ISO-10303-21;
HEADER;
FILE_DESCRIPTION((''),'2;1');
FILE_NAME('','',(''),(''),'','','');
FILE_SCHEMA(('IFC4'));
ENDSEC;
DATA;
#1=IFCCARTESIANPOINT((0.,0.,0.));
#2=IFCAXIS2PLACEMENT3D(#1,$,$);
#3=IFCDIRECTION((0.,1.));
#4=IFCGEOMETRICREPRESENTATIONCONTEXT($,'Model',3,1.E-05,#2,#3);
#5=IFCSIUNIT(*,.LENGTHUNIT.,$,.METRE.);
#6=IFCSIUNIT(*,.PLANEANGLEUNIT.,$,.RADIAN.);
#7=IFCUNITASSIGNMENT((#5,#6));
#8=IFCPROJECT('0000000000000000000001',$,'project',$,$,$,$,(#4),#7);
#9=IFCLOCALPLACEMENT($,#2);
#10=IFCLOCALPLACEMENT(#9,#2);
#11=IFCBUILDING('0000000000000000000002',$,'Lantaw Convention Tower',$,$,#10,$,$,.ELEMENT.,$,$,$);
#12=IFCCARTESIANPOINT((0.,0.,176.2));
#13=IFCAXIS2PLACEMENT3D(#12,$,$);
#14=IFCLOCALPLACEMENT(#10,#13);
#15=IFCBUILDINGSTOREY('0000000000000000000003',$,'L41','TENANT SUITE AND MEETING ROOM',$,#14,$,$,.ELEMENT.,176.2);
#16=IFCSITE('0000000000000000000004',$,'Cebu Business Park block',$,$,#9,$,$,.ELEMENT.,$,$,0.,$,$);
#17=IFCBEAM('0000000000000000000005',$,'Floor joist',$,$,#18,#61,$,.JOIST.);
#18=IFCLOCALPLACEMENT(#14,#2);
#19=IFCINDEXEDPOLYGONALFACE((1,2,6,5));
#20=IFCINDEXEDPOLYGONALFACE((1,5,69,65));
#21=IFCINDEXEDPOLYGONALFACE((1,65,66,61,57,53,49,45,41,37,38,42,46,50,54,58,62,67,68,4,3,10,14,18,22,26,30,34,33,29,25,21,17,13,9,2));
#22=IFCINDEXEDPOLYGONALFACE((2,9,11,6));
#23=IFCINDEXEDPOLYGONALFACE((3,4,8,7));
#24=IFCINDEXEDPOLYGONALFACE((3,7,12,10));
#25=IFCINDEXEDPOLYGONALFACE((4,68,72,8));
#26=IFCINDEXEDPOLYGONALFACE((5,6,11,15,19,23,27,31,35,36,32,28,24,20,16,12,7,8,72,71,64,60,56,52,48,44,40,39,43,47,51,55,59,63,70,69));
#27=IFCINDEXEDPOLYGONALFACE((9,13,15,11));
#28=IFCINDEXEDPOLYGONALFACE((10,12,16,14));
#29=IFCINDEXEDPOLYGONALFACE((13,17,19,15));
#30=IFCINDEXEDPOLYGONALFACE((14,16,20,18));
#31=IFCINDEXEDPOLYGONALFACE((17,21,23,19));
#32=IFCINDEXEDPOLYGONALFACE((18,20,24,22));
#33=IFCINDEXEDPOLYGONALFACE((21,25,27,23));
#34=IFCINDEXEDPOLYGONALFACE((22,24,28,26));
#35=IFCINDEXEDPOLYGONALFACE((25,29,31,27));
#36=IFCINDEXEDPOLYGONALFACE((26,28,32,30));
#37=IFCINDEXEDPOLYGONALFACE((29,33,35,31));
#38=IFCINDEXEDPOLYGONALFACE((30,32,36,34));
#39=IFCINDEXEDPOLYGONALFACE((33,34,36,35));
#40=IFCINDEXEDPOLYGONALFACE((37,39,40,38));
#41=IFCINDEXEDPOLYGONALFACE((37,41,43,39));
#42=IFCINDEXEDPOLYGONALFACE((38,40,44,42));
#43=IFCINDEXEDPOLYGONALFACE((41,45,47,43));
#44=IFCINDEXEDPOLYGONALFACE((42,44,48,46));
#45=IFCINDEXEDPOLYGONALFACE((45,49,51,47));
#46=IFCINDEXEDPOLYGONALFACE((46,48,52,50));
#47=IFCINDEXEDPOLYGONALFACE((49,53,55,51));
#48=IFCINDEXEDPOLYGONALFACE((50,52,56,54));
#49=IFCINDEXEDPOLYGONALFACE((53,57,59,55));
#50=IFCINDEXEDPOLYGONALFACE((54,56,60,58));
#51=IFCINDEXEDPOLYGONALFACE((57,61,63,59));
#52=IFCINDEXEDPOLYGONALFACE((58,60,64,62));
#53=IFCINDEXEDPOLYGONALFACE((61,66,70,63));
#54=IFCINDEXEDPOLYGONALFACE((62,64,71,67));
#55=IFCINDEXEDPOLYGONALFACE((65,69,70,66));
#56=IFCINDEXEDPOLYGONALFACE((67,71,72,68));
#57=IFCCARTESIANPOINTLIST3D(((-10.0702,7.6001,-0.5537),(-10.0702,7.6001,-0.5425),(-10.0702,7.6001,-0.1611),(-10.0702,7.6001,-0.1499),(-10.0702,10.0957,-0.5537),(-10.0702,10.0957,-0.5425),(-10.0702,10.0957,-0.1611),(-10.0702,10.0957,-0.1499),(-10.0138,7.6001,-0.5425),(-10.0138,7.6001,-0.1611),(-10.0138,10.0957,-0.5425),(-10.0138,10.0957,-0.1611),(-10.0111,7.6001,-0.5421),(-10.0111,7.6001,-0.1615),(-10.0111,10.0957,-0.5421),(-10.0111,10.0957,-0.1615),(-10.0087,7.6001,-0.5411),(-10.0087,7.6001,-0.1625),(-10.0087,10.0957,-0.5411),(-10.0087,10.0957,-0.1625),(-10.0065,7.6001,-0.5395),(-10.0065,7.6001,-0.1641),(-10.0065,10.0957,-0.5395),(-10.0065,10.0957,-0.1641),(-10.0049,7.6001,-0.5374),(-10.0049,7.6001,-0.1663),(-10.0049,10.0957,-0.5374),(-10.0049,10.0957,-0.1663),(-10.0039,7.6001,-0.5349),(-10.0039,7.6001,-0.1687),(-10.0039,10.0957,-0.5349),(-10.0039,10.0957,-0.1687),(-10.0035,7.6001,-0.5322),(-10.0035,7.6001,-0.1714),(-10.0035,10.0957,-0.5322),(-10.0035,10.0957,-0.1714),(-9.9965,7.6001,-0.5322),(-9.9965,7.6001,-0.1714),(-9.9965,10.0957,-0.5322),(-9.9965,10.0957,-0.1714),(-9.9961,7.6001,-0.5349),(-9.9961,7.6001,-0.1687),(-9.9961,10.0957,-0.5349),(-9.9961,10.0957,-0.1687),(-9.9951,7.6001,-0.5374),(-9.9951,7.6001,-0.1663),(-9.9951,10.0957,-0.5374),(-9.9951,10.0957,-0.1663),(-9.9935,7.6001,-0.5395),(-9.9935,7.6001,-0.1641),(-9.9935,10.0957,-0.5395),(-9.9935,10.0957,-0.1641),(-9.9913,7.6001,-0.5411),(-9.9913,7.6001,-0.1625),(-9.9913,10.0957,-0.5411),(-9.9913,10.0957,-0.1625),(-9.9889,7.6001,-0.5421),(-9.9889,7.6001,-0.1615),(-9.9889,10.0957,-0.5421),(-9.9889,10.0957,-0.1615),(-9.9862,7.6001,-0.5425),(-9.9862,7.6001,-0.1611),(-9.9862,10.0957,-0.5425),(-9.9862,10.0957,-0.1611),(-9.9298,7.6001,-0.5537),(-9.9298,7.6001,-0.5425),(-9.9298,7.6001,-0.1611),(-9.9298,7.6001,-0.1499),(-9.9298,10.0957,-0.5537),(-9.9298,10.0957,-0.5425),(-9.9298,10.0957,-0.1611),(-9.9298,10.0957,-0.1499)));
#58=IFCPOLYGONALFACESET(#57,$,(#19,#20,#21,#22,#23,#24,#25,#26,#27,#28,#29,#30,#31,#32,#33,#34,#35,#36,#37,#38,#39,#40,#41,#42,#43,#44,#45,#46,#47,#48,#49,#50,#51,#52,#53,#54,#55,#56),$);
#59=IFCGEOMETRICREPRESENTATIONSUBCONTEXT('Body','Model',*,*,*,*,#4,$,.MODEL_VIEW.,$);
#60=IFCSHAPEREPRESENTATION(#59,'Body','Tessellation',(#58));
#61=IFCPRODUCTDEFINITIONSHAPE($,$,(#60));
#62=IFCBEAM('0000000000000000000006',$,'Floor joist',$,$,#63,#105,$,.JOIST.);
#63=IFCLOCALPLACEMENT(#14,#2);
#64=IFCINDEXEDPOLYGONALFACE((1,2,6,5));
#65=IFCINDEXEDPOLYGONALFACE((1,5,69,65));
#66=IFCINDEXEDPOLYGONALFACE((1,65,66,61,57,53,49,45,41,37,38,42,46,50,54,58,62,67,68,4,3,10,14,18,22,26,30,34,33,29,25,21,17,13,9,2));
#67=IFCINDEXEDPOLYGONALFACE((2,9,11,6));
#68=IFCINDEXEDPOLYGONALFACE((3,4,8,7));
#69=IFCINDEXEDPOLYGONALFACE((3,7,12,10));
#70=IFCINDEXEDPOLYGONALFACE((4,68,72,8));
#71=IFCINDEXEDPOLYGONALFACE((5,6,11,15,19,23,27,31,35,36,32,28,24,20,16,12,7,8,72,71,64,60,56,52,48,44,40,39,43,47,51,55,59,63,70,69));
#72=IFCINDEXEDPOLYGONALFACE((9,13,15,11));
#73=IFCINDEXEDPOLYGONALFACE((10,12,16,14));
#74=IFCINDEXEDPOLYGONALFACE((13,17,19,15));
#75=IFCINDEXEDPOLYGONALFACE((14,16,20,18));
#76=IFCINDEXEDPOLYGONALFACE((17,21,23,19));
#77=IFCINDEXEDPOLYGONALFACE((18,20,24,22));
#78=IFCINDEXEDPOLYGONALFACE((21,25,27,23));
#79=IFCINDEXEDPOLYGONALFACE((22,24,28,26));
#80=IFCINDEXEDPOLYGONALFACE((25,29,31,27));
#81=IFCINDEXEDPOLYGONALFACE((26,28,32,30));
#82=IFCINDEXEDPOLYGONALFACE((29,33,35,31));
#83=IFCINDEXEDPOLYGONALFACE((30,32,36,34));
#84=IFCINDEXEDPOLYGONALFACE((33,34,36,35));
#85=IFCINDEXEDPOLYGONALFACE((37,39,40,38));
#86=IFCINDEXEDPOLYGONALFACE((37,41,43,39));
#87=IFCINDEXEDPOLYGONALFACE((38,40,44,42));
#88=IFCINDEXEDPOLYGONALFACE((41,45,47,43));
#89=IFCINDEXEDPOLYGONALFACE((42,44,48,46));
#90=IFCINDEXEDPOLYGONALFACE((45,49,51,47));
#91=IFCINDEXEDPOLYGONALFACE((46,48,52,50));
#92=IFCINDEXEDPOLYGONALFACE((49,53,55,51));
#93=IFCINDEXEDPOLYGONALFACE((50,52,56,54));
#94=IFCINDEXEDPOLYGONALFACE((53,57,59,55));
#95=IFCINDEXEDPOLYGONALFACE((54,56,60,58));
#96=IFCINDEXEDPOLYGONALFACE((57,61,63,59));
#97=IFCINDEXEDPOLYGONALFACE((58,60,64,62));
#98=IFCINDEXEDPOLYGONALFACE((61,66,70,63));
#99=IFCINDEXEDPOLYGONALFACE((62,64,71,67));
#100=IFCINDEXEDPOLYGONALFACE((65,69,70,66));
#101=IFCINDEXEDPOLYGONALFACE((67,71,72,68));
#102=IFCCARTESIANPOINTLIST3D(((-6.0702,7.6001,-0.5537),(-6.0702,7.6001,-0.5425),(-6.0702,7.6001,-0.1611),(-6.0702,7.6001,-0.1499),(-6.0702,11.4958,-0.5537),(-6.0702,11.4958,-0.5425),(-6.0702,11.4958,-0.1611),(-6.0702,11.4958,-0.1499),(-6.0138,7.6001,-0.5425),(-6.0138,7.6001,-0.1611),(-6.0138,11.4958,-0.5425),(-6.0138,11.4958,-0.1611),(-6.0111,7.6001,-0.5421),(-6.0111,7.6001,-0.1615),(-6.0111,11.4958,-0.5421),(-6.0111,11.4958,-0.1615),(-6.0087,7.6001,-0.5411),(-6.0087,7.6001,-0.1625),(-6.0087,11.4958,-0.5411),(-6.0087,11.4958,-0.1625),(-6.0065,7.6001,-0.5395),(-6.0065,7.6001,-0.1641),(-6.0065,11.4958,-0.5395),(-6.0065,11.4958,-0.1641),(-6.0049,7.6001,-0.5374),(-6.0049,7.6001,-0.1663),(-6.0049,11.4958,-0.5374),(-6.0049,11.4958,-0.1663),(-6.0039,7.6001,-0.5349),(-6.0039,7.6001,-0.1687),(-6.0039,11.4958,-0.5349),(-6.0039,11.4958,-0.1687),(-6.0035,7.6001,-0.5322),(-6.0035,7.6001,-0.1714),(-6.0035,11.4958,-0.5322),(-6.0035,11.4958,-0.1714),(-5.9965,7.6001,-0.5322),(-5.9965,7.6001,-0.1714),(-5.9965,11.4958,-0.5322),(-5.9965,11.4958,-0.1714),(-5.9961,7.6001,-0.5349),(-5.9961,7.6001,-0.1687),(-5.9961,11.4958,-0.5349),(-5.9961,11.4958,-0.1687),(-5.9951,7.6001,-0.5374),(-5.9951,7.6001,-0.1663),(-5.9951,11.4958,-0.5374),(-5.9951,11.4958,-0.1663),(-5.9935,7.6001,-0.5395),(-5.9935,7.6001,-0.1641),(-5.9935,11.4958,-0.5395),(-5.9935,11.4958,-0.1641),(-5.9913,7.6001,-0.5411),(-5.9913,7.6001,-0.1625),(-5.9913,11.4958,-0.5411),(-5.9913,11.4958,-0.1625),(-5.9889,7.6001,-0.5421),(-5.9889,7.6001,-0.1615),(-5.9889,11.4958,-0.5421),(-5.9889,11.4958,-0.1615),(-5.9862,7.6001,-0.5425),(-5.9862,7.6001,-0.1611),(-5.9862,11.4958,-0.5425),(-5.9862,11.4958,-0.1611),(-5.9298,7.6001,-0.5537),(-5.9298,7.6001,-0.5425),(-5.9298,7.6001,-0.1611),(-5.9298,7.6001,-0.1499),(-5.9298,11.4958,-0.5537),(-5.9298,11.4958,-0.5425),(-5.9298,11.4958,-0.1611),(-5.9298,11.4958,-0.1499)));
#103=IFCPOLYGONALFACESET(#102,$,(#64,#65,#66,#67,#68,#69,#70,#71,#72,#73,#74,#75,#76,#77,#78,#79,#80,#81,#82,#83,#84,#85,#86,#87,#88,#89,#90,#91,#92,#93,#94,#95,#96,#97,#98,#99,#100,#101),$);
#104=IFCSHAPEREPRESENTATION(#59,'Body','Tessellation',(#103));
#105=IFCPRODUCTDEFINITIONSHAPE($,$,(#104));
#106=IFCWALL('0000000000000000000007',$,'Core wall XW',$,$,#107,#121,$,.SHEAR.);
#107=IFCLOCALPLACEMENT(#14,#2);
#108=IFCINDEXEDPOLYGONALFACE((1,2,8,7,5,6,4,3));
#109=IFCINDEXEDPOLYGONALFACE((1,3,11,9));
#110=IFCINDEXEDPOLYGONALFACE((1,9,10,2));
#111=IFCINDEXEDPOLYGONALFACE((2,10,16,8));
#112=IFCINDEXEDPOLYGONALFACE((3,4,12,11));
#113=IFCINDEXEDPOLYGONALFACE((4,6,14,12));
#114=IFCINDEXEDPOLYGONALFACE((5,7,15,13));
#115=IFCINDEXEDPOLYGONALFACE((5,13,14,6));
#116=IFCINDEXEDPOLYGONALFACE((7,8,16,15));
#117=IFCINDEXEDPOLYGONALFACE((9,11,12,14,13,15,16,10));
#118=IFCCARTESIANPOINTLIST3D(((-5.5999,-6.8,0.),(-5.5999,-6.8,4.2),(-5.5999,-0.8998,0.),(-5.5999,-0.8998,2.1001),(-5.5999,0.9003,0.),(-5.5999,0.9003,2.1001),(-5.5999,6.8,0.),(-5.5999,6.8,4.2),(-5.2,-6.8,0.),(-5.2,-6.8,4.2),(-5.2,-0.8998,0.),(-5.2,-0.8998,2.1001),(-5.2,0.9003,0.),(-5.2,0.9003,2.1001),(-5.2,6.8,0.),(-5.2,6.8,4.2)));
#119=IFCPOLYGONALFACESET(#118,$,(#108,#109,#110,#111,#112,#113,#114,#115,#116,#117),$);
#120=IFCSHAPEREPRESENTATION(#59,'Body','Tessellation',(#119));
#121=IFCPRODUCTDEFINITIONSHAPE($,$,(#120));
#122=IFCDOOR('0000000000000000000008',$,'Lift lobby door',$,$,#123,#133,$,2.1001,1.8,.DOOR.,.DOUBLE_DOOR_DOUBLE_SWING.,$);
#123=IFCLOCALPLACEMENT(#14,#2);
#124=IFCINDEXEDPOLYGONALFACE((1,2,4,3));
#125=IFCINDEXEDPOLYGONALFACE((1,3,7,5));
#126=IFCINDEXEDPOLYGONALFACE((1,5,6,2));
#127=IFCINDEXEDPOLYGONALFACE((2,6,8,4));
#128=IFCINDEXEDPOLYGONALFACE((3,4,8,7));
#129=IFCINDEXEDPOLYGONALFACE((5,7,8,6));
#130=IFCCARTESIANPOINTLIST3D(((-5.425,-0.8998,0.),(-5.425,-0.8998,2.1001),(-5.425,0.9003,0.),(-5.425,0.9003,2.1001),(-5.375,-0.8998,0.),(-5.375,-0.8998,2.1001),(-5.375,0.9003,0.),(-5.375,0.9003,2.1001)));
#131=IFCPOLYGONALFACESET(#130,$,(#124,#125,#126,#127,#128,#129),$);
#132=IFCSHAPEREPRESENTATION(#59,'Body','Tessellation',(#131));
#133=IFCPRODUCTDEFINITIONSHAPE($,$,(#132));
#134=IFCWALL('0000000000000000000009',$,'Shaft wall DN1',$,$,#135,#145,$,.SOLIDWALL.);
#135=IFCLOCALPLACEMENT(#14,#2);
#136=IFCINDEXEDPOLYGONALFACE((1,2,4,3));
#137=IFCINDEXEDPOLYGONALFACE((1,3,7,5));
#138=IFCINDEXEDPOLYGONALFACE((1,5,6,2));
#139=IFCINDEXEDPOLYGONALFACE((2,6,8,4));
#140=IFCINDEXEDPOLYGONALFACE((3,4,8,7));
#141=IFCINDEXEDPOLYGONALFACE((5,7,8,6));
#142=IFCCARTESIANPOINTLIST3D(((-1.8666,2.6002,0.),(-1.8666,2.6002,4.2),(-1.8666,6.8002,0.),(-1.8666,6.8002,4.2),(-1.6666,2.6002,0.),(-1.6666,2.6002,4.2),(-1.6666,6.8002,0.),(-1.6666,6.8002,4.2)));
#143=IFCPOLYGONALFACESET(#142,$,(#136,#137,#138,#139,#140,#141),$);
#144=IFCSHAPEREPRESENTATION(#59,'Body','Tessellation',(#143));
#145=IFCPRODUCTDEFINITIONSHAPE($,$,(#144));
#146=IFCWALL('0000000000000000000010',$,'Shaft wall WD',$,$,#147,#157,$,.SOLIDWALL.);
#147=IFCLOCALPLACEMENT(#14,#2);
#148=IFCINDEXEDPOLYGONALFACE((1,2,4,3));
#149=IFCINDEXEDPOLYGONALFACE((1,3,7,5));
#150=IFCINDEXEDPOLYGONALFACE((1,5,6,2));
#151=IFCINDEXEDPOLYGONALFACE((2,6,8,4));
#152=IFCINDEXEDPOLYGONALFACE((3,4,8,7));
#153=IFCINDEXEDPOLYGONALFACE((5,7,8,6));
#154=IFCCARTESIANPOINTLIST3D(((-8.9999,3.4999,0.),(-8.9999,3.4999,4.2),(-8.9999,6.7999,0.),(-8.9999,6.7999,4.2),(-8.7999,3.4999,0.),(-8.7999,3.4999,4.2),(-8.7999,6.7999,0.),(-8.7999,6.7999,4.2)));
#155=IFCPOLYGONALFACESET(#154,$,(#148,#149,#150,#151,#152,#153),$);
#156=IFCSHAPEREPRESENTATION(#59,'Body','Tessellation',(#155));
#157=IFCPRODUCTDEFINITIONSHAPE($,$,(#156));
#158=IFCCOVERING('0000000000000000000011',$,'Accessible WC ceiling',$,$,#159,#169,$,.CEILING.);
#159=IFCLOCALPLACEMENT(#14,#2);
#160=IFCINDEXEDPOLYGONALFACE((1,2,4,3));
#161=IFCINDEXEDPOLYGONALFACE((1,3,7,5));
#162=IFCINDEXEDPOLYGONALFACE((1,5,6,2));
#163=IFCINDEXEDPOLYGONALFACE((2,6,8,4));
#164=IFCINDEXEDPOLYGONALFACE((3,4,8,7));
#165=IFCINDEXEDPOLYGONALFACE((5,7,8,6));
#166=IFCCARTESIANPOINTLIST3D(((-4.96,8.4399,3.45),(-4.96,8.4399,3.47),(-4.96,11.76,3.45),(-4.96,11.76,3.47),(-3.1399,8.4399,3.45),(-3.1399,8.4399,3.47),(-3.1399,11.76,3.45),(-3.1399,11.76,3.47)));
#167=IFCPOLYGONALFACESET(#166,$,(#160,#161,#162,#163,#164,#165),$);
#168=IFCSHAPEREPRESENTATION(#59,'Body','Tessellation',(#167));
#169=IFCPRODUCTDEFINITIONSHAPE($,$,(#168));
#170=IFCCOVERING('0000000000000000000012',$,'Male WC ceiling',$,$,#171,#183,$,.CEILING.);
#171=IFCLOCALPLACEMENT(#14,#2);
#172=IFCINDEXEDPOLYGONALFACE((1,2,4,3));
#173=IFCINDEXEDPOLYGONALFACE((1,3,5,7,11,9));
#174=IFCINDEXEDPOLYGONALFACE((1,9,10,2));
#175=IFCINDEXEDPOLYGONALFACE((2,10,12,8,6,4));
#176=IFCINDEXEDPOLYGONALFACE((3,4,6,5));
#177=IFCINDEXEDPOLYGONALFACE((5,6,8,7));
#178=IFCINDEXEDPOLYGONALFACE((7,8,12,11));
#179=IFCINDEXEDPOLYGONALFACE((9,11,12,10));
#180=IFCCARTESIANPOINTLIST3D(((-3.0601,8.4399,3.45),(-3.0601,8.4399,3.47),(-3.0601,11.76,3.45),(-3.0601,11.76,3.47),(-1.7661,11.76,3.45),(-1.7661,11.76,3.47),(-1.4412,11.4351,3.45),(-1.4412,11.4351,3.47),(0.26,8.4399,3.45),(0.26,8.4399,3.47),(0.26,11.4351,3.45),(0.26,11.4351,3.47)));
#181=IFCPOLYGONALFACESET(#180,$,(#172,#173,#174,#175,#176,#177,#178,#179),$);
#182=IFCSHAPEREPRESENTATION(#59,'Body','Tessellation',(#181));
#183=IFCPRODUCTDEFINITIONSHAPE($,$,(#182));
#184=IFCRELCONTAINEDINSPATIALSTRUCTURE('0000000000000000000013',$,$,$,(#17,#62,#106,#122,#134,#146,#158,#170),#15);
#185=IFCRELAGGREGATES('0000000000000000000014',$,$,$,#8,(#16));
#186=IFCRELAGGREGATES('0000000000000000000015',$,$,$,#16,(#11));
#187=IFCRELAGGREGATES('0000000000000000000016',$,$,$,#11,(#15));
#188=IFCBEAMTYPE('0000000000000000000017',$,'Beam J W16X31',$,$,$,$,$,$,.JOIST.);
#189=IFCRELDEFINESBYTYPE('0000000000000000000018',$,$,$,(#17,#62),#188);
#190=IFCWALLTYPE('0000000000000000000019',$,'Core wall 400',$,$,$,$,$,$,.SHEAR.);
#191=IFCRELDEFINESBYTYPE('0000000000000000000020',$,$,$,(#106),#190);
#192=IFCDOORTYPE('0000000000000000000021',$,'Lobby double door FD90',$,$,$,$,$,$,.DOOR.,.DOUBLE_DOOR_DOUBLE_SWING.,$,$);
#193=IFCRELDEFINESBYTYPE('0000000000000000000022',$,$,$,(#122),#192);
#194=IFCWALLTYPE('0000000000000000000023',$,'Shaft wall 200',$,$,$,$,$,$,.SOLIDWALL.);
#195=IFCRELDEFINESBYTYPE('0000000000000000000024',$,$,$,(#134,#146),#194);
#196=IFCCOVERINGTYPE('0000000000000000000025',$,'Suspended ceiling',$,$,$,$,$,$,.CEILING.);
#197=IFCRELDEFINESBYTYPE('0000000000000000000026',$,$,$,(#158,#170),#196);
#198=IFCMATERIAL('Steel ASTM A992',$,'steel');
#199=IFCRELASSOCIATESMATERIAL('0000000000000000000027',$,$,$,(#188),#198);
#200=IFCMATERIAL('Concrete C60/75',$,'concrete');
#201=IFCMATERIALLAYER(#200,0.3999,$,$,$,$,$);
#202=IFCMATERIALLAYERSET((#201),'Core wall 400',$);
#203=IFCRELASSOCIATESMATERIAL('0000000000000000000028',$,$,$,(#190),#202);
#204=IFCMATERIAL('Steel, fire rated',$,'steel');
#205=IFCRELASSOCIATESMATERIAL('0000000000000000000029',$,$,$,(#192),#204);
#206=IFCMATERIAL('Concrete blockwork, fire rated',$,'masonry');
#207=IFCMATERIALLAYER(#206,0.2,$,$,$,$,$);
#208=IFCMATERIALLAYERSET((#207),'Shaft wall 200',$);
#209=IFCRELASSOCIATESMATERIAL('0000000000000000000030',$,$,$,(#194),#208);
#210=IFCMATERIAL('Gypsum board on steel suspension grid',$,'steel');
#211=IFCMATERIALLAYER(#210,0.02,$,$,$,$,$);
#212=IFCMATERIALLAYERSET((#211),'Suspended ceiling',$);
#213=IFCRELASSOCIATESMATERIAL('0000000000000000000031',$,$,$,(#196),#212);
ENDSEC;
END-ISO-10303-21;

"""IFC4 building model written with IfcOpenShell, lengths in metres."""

from ifc_helpers import new_model, si_unit, direction, frame, frame_2d, origin, origin_2d, place, context, subcontext, project, spatial, polyline, rectangle, i_section, outline, extrude, material, layer, layer_set, material_profile, profile_set, type_object, element, fill, save


model = new_model("IFC4")

# Units and contexts
model_context = context("Model", 3, precision=1e-05, world=origin(), true_north=direction((0.0, 1.0)))
body_context = subcontext(model_context, "Body", "Model", "MODEL_VIEW")
ifc_project = project(units=[si_unit("LENGTHUNIT", "METRE"), si_unit("PLANEANGLEUNIT", "RADIAN")], contexts=[model_context])

# Site, building, storey
site_placement = place(None, origin())
site = spatial("IfcSite", under=ifc_project, at=site_placement, Name="Cebu Business Park block", CompositionType="ELEMENT", RefElevation=0.0)
building_placement = place(site_placement, origin())
building = spatial("IfcBuilding", under=site, at=building_placement, Name="Lantaw Convention Tower", CompositionType="ELEMENT")
storey_placement = place(building_placement, frame((0.0, 0.0, 176.2)))
storey = spatial("IfcBuildingStorey", under=building, at=storey_placement, Name="L41", Description="TENANT SUITE AND MEETING ROOM", CompositionType="ELEMENT", Elevation=176.2)

# Beams
ifc_material_1 = material(Name="Steel ASTM A992", Category="steel")
ifc_material_profile_1 = material_profile(ifc_material_1, i_section(OverallWidth=0.1404, OverallDepth=0.4038, WebThickness=0.0071, FlangeThickness=0.0112, FilletRadius=0.0103, at=origin_2d()), Name="W16X31")
ifc_profile_set_1 = profile_set([ifc_material_profile_1], Name="Steel ASTM A992")
beam_type_1 = type_object("IfcBeamType", Name="Beam J W16X31", PredefinedType="JOIST", material=ifc_profile_set_1)
beam_1_placement = place(storey_placement, frame((-10.0, 7.6001, -0.3518), z_axis=(0.0, 1.0, 0.0), x_axis=(-1.0, 0.0, 0.0)))
element("IfcBeam", 1, at=beam_1_placement, inside=storey, type_object=beam_type_1, Name="Floor joist", PredefinedType="JOIST", context=body_context, shape_type="SweptSolid", body=[
    extrude(i_section(OverallWidth=0.1404, OverallDepth=0.4038, WebThickness=0.0071, FlangeThickness=0.0112, FilletRadius=0.0103, at=origin_2d()), origin(), (0.0, 0.0, 1.0), 2.4956),
])
beam_2_placement = place(storey_placement, frame((-6.0, 7.6001, -0.3518), z_axis=(0.0, 1.0, 0.0), x_axis=(-1.0, 0.0, 0.0)))
element("IfcBeam", 2, at=beam_2_placement, inside=storey, type_object=beam_type_1, Name="Floor joist", PredefinedType="JOIST", context=body_context, shape_type="SweptSolid", body=[
    extrude(i_section(OverallWidth=0.1404, OverallDepth=0.4038, WebThickness=0.0071, FlangeThickness=0.0112, FilletRadius=0.0103, at=origin_2d()), origin(), (0.0, 0.0, 1.0), 3.8958),
])

# Wall, opening, door
ifc_material_2 = material(Name="Concrete C60/75", Category="concrete")
ifc_layer_1 = layer(ifc_material_2, 0.3999)
ifc_layer_set_1 = layer_set([ifc_layer_1], Name="Core wall 400")
wall_type_1 = type_object("IfcWallType", Name="Core wall 400", PredefinedType="SHEAR", material=ifc_layer_set_1)
wall_1_placement = place(storey_placement, frame((-5.3999, 6.8, 0.0), z_axis=(0.0, 0.0, 1.0), x_axis=(0.0, -1.0, 0.0)))
wall_1 = element("IfcWall", 3, at=wall_1_placement, inside=storey, type_object=wall_type_1, Name="Core wall XW", PredefinedType="SHEAR", context=body_context, shape_type="SweptSolid", body=[
    extrude(rectangle(XDim=13.6001, YDim=0.3999, at=frame_2d((6.8, 0.0))), origin(), (0.0, 0.0, 1.0), 4.2),
])
opening_placement = place(wall_1_placement, frame((5.8999, 0.0, 0.0)))
opening = element("IfcOpeningElement", 4, at=opening_placement, cuts=wall_1, PredefinedType="OPENING", context=body_context, shape_type="SweptSolid", body=[
    extrude(rectangle(XDim=1.8, YDim=2.1001, at=frame_2d((0.8999, 1.05))), frame((0.0, 0.21, 0.0), z_axis=(0.0, -1.0, 0.0), x_axis=(1.0, 0.0, 0.0)), (0.0, 0.0, 1.0), 0.4199),
])
ifc_material_3 = material(Name="Steel, fire rated", Category="steel")
door_type = type_object("IfcDoorType", Name="Lobby double door FD90", OperationType="DOUBLE_DOOR_DOUBLE_SWING", PredefinedType="DOOR", material=ifc_material_3)
door_placement = place(opening_placement, origin())
door = element("IfcDoor", 5, at=door_placement, inside=storey, type_object=door_type, Name="Lift lobby door", OperationType="DOUBLE_DOOR_DOUBLE_SWING", OverallHeight=2.1001, OverallWidth=1.8, PredefinedType="DOOR", context=body_context, shape_type="SweptSolid", body=[
    extrude(rectangle(XDim=1.8, YDim=2.1001, at=frame_2d((0.8999, 1.05))), frame((0.0, 0.0249, 0.0), z_axis=(0.0, -1.0, 0.0), x_axis=(1.0, 0.0, 0.0)), (0.0, 0.0, 1.0), 0.05),
])
fill(opening, door)

# Walls
ifc_material_4 = material(Name="Concrete blockwork, fire rated", Category="masonry")
ifc_layer_2 = layer(ifc_material_4, 0.2)
ifc_layer_set_2 = layer_set([ifc_layer_2], Name="Shaft wall 200")
wall_type_2 = type_object("IfcWallType", Name="Shaft wall 200", PredefinedType="SOLIDWALL", material=ifc_layer_set_2)
wall_2_placement = place(storey_placement, frame((-1.7666, 2.6001, 0.0), z_axis=(0.0, 0.0, 1.0), x_axis=(0.0, 1.0, 0.0)))
element("IfcWall", 6, at=wall_2_placement, inside=storey, type_object=wall_type_2, Name="Shaft wall DN1", PredefinedType="SOLIDWALL", context=body_context, shape_type="SweptSolid", body=[
    extrude(rectangle(XDim=4.2, YDim=0.2, at=frame_2d((2.1001, 0.0))), origin(), (0.0, 0.0, 1.0), 4.2),
])
wall_3_placement = place(storey_placement, frame((-8.8999, 3.5, 0.0), z_axis=(0.0, 0.0, 1.0), x_axis=(0.0, 1.0, 0.0)))
element("IfcWall", 7, at=wall_3_placement, inside=storey, type_object=wall_type_2, Name="Shaft wall WD", PredefinedType="SOLIDWALL", context=body_context, shape_type="SweptSolid", body=[
    extrude(rectangle(XDim=3.3, YDim=0.2, at=frame_2d((1.6499, 0.0))), origin(), (0.0, 0.0, 1.0), 4.2),
])

# Coverings
ifc_material_5 = material(Name="Gypsum board on steel suspension grid", Category="steel")
ifc_layer_3 = layer(ifc_material_5, 0.02)
ifc_layer_set_3 = layer_set([ifc_layer_3], Name="Suspended ceiling")
covering_type = type_object("IfcCoveringType", Name="Suspended ceiling", PredefinedType="CEILING", material=ifc_layer_set_3)
covering_1_placement = place(storey_placement, frame((0.0, 0.0, 3.45)))
element("IfcCovering", 8, at=covering_1_placement, inside=storey, type_object=covering_type, Name="Accessible WC ceiling", PredefinedType="CEILING", context=body_context, shape_type="SweptSolid", body=[
    extrude(outline(polyline([(-4.96, 8.4399), (-3.1399, 8.4399), (-3.1399, 11.76), (-4.96, 11.76), (-4.96, 8.4399)])), origin(), (0.0, 0.0, 1.0), 0.02),
])
covering_2_placement = place(storey_placement, frame((0.0, 0.0, 3.45)))
element("IfcCovering", 9, at=covering_2_placement, inside=storey, type_object=covering_type, Name="Male WC ceiling", PredefinedType="CEILING", context=body_context, shape_type="SweptSolid", body=[
    extrude(outline(polyline([(-3.0601, 11.76), (-3.0601, 8.4399), (0.26, 8.4399), (0.26, 11.4351), (-1.4412, 11.4351), (-1.7661, 11.76), (-3.0601, 11.76)])), origin(), (0.0, 0.0, 1.0), 0.02),
])

save(model, "model.ifc")
